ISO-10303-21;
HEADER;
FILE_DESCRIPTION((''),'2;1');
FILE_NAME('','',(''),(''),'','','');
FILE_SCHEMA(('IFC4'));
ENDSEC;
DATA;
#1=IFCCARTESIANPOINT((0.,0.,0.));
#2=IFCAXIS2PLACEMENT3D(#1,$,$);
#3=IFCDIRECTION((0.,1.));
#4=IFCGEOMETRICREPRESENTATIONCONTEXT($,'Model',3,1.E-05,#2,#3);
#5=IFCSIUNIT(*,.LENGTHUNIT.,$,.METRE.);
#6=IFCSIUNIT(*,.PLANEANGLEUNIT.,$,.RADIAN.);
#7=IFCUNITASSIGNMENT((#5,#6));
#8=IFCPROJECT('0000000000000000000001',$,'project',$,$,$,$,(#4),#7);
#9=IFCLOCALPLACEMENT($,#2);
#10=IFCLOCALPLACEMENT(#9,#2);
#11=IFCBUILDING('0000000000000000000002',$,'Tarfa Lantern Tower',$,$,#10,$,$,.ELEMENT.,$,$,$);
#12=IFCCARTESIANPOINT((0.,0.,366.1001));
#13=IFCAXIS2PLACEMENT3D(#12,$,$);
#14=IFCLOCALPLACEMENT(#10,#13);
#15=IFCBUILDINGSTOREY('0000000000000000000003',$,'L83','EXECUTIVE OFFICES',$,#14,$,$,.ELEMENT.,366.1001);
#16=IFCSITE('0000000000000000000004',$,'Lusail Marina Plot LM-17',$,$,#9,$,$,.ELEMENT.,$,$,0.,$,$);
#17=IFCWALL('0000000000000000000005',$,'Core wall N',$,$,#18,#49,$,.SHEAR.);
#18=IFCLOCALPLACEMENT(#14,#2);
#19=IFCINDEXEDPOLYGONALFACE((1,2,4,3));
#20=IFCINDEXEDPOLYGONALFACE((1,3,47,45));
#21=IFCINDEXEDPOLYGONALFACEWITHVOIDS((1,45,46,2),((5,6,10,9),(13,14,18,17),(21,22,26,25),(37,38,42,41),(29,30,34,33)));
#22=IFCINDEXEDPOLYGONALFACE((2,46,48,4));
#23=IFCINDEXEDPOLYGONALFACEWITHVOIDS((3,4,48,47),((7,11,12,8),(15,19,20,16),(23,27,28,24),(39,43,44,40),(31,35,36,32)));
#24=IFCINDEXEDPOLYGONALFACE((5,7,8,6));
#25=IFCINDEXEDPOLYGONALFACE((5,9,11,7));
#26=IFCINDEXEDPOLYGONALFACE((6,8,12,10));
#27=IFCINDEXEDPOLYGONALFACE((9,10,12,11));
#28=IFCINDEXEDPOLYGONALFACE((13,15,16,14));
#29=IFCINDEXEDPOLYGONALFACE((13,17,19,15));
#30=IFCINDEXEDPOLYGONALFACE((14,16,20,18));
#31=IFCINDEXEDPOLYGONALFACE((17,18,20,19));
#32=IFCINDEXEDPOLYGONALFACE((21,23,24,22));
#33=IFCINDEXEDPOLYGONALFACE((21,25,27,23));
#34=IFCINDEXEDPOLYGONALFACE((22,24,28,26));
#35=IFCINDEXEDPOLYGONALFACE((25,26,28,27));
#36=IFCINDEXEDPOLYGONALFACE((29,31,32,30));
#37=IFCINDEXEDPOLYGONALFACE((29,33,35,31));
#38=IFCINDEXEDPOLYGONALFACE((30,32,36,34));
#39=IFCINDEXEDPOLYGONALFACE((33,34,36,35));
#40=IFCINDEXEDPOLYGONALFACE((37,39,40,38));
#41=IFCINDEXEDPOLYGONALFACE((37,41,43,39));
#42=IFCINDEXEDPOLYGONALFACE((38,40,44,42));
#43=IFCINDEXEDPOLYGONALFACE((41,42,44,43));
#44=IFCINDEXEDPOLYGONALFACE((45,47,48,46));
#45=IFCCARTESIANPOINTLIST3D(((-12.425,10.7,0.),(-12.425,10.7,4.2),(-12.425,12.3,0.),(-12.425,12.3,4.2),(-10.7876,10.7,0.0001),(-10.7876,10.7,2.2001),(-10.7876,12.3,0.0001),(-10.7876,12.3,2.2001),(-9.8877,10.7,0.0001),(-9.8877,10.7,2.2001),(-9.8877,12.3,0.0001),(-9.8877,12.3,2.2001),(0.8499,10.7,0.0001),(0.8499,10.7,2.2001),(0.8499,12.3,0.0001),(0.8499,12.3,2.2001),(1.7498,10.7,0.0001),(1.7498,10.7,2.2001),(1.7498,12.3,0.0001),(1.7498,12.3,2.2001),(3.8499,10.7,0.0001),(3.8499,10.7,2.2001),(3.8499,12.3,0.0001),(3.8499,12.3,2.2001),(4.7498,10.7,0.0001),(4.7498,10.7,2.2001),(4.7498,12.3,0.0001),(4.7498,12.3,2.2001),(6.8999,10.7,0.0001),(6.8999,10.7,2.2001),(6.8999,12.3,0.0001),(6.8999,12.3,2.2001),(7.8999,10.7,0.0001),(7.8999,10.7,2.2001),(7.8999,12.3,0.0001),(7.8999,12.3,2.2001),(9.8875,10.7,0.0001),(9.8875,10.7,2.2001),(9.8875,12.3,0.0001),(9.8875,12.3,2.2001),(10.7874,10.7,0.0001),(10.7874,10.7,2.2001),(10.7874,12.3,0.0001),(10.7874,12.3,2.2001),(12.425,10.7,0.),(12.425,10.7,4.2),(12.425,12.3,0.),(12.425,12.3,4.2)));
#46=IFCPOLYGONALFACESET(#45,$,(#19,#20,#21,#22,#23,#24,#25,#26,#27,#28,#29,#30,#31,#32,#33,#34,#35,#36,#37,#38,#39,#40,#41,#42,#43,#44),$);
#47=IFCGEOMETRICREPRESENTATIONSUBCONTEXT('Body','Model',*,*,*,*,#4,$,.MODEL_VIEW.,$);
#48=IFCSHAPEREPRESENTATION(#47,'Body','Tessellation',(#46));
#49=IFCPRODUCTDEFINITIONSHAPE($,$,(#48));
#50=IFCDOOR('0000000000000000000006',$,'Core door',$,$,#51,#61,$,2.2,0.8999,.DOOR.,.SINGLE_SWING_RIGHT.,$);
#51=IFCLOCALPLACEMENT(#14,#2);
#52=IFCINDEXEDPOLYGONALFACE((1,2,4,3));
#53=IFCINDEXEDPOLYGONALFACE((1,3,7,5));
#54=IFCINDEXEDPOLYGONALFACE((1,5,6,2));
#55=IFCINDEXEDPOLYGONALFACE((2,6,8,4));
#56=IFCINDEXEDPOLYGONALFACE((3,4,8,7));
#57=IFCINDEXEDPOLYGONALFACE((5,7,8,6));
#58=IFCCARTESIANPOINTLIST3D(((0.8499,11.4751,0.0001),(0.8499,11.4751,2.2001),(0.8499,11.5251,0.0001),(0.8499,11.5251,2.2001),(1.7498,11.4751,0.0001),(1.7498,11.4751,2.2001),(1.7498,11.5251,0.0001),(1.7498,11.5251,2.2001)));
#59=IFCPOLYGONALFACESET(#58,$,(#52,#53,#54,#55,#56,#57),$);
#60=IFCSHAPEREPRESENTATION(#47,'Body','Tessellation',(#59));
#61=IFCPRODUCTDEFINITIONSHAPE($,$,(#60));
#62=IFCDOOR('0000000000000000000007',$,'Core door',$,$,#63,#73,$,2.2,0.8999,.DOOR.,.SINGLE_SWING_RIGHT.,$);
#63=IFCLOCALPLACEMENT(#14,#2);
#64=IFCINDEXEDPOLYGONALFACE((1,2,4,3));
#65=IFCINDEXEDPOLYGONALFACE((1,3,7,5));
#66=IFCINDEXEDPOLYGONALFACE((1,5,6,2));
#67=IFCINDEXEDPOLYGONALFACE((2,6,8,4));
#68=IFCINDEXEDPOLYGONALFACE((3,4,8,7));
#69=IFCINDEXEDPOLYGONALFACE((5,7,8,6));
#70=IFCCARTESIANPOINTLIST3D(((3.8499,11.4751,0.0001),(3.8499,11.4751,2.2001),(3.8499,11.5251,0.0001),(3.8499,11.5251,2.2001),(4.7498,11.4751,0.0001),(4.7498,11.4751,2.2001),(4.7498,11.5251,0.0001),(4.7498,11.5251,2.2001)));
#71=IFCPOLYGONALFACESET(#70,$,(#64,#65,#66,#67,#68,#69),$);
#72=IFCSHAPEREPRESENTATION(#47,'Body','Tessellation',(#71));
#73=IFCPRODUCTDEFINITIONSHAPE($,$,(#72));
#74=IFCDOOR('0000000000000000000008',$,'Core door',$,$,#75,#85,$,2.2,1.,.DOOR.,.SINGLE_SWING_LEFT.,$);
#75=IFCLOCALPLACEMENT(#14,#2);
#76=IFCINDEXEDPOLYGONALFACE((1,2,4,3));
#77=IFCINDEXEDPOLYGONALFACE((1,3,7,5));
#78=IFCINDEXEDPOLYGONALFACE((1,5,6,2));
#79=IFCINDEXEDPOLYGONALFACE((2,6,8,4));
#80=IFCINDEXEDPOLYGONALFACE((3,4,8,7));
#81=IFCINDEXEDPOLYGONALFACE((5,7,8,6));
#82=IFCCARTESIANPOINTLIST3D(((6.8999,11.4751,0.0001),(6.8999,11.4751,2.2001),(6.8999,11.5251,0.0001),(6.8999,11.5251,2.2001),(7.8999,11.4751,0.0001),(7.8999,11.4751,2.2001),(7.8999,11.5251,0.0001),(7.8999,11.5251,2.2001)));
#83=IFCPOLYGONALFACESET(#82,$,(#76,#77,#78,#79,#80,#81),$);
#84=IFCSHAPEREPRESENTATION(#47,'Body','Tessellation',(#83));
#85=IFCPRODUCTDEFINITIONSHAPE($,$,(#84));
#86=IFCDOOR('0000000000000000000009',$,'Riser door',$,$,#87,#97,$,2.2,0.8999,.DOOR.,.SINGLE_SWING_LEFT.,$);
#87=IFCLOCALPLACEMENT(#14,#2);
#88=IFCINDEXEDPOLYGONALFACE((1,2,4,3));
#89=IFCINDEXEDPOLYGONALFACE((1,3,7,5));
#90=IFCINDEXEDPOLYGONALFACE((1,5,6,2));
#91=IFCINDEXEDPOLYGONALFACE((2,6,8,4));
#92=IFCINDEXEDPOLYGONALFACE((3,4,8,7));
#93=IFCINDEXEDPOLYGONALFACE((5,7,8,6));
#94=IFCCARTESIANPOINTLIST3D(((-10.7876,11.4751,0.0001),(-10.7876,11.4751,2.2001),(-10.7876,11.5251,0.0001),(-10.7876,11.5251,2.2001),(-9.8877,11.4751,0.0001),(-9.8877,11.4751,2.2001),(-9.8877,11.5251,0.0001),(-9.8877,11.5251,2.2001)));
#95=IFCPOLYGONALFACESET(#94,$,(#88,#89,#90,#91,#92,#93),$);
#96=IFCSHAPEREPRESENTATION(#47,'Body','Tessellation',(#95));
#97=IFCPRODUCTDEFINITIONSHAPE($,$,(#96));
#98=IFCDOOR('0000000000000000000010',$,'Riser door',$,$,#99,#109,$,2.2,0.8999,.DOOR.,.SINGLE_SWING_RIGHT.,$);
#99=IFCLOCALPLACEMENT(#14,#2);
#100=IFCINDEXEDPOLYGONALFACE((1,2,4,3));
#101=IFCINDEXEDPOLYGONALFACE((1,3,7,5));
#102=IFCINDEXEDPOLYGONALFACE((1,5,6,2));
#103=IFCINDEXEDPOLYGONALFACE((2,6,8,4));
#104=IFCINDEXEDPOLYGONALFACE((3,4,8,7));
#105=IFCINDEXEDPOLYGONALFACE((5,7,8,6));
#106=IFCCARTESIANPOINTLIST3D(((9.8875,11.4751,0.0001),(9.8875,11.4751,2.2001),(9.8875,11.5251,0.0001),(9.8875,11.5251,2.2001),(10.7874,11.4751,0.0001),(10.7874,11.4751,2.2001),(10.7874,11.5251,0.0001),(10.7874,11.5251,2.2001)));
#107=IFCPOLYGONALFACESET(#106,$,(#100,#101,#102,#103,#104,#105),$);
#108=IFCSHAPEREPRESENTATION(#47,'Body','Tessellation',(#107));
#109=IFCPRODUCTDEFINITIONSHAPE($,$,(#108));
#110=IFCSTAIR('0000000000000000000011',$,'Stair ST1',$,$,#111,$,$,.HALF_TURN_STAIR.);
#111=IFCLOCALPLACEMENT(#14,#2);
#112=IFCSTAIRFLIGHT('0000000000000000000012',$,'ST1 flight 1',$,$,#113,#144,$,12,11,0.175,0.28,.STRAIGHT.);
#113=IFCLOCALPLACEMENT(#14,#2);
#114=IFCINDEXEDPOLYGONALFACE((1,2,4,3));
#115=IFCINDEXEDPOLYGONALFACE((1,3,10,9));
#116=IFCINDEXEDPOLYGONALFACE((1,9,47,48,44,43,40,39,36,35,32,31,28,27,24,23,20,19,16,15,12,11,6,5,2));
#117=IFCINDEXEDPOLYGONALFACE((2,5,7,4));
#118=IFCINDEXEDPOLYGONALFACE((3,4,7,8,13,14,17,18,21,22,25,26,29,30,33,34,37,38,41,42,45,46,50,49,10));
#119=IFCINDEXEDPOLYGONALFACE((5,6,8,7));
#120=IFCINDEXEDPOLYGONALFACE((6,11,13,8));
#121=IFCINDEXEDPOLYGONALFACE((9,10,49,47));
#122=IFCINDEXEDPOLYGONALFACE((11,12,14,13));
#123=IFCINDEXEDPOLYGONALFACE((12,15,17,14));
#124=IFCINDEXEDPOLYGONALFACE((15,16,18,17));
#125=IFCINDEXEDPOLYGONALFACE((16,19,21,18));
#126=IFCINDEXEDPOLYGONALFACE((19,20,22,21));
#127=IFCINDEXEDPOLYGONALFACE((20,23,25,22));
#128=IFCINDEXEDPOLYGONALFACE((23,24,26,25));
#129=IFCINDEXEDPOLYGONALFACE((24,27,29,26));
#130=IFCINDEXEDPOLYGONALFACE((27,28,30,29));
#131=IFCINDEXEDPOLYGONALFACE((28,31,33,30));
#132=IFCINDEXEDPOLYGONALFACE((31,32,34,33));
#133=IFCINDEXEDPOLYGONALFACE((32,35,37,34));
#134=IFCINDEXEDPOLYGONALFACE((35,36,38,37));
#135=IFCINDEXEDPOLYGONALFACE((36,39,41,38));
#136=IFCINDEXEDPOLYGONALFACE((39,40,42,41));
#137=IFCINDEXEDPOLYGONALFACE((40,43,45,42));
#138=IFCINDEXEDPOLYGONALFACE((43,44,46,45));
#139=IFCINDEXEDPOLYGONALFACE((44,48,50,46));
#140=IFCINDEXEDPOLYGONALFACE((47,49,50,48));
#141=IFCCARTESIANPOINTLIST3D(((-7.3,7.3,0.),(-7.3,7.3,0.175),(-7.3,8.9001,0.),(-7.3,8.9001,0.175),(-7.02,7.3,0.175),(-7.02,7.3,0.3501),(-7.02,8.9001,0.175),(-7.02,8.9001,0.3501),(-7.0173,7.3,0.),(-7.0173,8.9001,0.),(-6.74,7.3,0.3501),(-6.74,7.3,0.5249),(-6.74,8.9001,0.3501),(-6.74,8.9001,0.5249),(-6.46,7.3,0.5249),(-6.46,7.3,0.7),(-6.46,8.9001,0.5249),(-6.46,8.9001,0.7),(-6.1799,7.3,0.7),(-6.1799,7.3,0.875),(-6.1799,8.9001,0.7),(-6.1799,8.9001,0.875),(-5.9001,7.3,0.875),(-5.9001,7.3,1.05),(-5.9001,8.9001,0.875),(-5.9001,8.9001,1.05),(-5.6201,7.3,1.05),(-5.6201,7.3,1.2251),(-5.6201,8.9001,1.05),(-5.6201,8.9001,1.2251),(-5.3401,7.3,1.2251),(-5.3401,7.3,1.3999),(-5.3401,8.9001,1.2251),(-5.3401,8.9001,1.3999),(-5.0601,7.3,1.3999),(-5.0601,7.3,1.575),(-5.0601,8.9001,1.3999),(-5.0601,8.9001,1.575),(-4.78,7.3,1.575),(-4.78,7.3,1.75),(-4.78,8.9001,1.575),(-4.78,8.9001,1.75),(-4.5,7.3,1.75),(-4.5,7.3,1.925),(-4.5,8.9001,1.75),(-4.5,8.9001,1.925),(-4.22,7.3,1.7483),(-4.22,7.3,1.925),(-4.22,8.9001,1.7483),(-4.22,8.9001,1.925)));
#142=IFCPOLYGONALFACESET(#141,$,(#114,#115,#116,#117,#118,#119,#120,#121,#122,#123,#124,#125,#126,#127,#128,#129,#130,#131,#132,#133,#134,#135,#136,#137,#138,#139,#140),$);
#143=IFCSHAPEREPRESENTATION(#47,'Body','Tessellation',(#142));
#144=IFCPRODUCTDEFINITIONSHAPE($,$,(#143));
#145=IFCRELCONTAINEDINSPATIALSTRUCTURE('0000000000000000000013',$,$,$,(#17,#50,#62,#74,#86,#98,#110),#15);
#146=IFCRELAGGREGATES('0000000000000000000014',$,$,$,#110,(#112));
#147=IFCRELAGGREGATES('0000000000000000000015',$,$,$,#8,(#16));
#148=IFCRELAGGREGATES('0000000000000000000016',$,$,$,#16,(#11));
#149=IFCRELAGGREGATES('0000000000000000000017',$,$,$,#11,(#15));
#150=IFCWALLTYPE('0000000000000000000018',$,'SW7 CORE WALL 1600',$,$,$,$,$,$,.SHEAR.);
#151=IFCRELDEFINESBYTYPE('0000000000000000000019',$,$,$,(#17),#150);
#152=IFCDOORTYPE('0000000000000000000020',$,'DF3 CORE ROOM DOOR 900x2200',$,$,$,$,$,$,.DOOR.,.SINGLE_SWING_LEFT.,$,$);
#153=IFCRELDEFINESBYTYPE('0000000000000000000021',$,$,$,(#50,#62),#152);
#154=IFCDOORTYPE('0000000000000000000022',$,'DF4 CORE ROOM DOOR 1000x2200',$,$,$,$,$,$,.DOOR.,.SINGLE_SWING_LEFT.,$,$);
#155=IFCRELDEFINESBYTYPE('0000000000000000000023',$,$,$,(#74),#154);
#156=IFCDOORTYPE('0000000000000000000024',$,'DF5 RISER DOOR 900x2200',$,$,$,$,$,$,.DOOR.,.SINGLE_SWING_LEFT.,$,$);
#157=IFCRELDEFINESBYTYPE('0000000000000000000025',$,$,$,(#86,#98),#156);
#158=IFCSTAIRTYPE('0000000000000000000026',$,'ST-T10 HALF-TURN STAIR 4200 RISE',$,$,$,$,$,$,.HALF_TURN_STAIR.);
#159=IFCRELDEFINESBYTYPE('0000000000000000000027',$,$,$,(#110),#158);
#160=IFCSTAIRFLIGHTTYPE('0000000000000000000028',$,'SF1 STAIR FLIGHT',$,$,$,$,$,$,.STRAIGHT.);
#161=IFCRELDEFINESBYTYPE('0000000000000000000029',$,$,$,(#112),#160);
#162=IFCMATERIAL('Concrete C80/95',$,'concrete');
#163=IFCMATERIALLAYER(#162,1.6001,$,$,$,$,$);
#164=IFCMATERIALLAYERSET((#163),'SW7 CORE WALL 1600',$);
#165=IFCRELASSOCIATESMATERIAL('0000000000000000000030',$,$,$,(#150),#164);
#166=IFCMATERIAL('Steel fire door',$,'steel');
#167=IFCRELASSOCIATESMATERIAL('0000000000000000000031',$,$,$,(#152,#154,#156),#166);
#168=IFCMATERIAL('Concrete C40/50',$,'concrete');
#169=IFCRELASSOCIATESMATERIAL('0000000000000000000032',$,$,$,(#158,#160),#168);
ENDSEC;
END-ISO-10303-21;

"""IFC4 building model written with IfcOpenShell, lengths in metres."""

from ifc_helpers import new_model, si_unit, direction, frame, frame_2d, origin, place, context, subcontext, project, spatial, polyline, rectangle, outline, extrude, material, layer, layer_set, type_object, element, fill, aggregate, save


model = new_model("IFC4")

# Units and contexts
model_context = context("Model", 3, precision=1e-05, world=origin(), true_north=direction((0.0, 1.0)))
body_context = subcontext(model_context, "Body", "Model", "MODEL_VIEW")
ifc_project = project(units=[si_unit("LENGTHUNIT", "METRE"), si_unit("PLANEANGLEUNIT", "RADIAN")], contexts=[model_context])

# Site, building, storey
site_placement = place(None, origin())
site = spatial("IfcSite", under=ifc_project, at=site_placement, Name="Lusail Marina Plot LM-17", CompositionType="ELEMENT", RefElevation=0.0)
building_placement = place(site_placement, origin())
building = spatial("IfcBuilding", under=site, at=building_placement, Name="Tarfa Lantern Tower", CompositionType="ELEMENT")
storey_placement = place(building_placement, frame((0.0, 0.0, 366.1001)))
storey = spatial("IfcBuildingStorey", under=building, at=storey_placement, Name="L83", Description="EXECUTIVE OFFICES", CompositionType="ELEMENT", Elevation=366.1001)

# Shared definitions
ifc_material_1 = material(Name="Concrete C80/95", Category="concrete")
ifc_material_2 = material(Name="Steel fire door", Category="steel")

# Wall, openings, doors
ifc_layer_1 = layer(ifc_material_1, 1.6001)
ifc_layer_set_1 = layer_set([ifc_layer_1], Name="SW7 CORE WALL 1600")
wall_type_1 = type_object("IfcWallType", Name="SW7 CORE WALL 1600", PredefinedType="SHEAR", material=ifc_layer_set_1)
wall_1_placement = place(storey_placement, frame((-12.425, 11.5, 0.0), z_axis=(0.0, 0.0, 1.0), x_axis=(1.0, 0.0, 0.0)))
wall_1 = element("IfcWall", 1, at=wall_1_placement, inside=storey, type_object=wall_type_1, Name="Core wall N", PredefinedType="SHEAR", context=body_context, shape_type="SweptSolid", body=[
    extrude(rectangle(XDim=24.8501, YDim=1.6001, at=frame_2d((12.425, 0.0))), origin(), (0.0, 0.0, 1.0), 4.2),
])
opening_1_placement = place(wall_1_placement, frame((13.2749, 0.0, 0.0)))
opening_1 = element("IfcOpeningElement", 2, at=opening_1_placement, cuts=wall_1, PredefinedType="OPENING", context=body_context, shape_type="SweptSolid", body=[
    extrude(rectangle(XDim=0.8999, YDim=2.2, at=frame_2d((0.45, 1.1001))), frame((0.0, 0.8101, 0.0), z_axis=(0.0, -1.0, 0.0), x_axis=(1.0, 0.0, 0.0)), (0.0, 0.0, 1.0), 1.6201),
])
opening_2_placement = place(wall_1_placement, frame((16.2749, 0.0, 0.0)))
opening_2 = element("IfcOpeningElement", 3, at=opening_2_placement, cuts=wall_1, PredefinedType="OPENING", context=body_context, shape_type="SweptSolid", body=[
    extrude(rectangle(XDim=0.8999, YDim=2.2, at=frame_2d((0.45, 1.1001))), frame((0.0, 0.8101, 0.0), z_axis=(0.0, -1.0, 0.0), x_axis=(1.0, 0.0, 0.0)), (0.0, 0.0, 1.0), 1.6201),
])
opening_3_placement = place(wall_1_placement, frame((19.325, 0.0, 0.0)))
opening_3 = element("IfcOpeningElement", 4, at=opening_3_placement, cuts=wall_1, PredefinedType="OPENING", context=body_context, shape_type="SweptSolid", body=[
    extrude(rectangle(XDim=1.0, YDim=2.2, at=frame_2d((0.5, 1.1001))), frame((0.0, 0.8101, 0.0), z_axis=(0.0, -1.0, 0.0), x_axis=(1.0, 0.0, 0.0)), (0.0, 0.0, 1.0), 1.6201),
])
opening_4_placement = place(wall_1_placement, frame((1.6375, 0.0, 0.0)))
opening_4 = element("IfcOpeningElement", 5, at=opening_4_placement, cuts=wall_1, PredefinedType="OPENING", context=body_context, shape_type="SweptSolid", body=[
    extrude(rectangle(XDim=0.8999, YDim=2.2, at=frame_2d((0.45, 1.1001))), frame((0.0, 0.8101, 0.0), z_axis=(0.0, -1.0, 0.0), x_axis=(1.0, 0.0, 0.0)), (0.0, 0.0, 1.0), 1.6201),
])
opening_5_placement = place(wall_1_placement, frame((22.3125, 0.0, 0.0)))
opening_5 = element("IfcOpeningElement", 6, at=opening_5_placement, cuts=wall_1, PredefinedType="OPENING", context=body_context, shape_type="SweptSolid", body=[
    extrude(rectangle(XDim=0.8999, YDim=2.2, at=frame_2d((0.45, 1.1001))), frame((0.0, 0.8101, 0.0), z_axis=(0.0, -1.0, 0.0), x_axis=(1.0, 0.0, 0.0)), (0.0, 0.0, 1.0), 1.6201),
])
door_type_1 = type_object("IfcDoorType", Name="DF3 CORE ROOM DOOR 900x2200", OperationType="SINGLE_SWING_LEFT", PredefinedType="DOOR", material=ifc_material_2)
door_1_placement = place(opening_1_placement, frame((0.8999, 0.0, 0.0), z_axis=(0.0, 0.0, 1.0), x_axis=(-1.0, 0.0, 0.0)))
door_1 = element("IfcDoor", 7, at=door_1_placement, inside=storey, type_object=door_type_1, Name="Core door", OperationType="SINGLE_SWING_RIGHT", OverallHeight=2.2, OverallWidth=0.8999, PredefinedType="DOOR", context=body_context, shape_type="SweptSolid", body=[
    extrude(rectangle(XDim=0.8999, YDim=2.2, at=frame_2d((0.45, 1.1001))), frame((0.0, 0.0249, 0.0), z_axis=(0.0, -1.0, 0.0), x_axis=(1.0, 0.0, 0.0)), (0.0, 0.0, 1.0), 0.05),
])
fill(opening_1, door_1)
door_2_placement = place(opening_2_placement, frame((0.8999, 0.0, 0.0), z_axis=(0.0, 0.0, 1.0), x_axis=(-1.0, 0.0, 0.0)))
door_2 = element("IfcDoor", 8, at=door_2_placement, inside=storey, type_object=door_type_1, Name="Core door", OperationType="SINGLE_SWING_RIGHT", OverallHeight=2.2, OverallWidth=0.8999, PredefinedType="DOOR", context=body_context, shape_type="SweptSolid", body=[
    extrude(rectangle(XDim=0.8999, YDim=2.2, at=frame_2d((0.45, 1.1001))), frame((0.0, 0.0249, 0.0), z_axis=(0.0, -1.0, 0.0), x_axis=(1.0, 0.0, 0.0)), (0.0, 0.0, 1.0), 0.05),
])
fill(opening_2, door_2)
door_type_2 = type_object("IfcDoorType", Name="DF4 CORE ROOM DOOR 1000x2200", OperationType="SINGLE_SWING_LEFT", PredefinedType="DOOR", material=ifc_material_2)
door_3_placement = place(opening_3_placement, frame((1.0, 0.0, 0.0), z_axis=(0.0, 0.0, 1.0), x_axis=(-1.0, 0.0, 0.0)))
door_3 = element("IfcDoor", 9, at=door_3_placement, inside=storey, type_object=door_type_2, Name="Core door", OperationType="SINGLE_SWING_LEFT", OverallHeight=2.2, OverallWidth=1.0, PredefinedType="DOOR", context=body_context, shape_type="SweptSolid", body=[
    extrude(rectangle(XDim=1.0, YDim=2.2, at=frame_2d((0.5, 1.1001))), frame((0.0, 0.0249, 0.0), z_axis=(0.0, -1.0, 0.0), x_axis=(1.0, 0.0, 0.0)), (0.0, 0.0, 1.0), 0.05),
])
fill(opening_3, door_3)
door_type_3 = type_object("IfcDoorType", Name="DF5 RISER DOOR 900x2200", OperationType="SINGLE_SWING_LEFT", PredefinedType="DOOR", material=ifc_material_2)
door_4_placement = place(opening_4_placement, frame((0.8999, 0.0, 0.0), z_axis=(0.0, 0.0, 1.0), x_axis=(-1.0, 0.0, 0.0)))
door_4 = element("IfcDoor", 10, at=door_4_placement, inside=storey, type_object=door_type_3, Name="Riser door", OperationType="SINGLE_SWING_LEFT", OverallHeight=2.2, OverallWidth=0.8999, PredefinedType="DOOR", context=body_context, shape_type="SweptSolid", body=[
    extrude(rectangle(XDim=0.8999, YDim=2.2, at=frame_2d((0.45, 1.1001))), frame((0.0, 0.0249, 0.0), z_axis=(0.0, -1.0, 0.0), x_axis=(1.0, 0.0, 0.0)), (0.0, 0.0, 1.0), 0.05),
])
fill(opening_4, door_4)
door_5_placement = place(opening_5_placement, frame((0.8999, 0.0, 0.0), z_axis=(0.0, 0.0, 1.0), x_axis=(-1.0, 0.0, 0.0)))
door_5 = element("IfcDoor", 11, at=door_5_placement, inside=storey, type_object=door_type_3, Name="Riser door", OperationType="SINGLE_SWING_RIGHT", OverallHeight=2.2, OverallWidth=0.8999, PredefinedType="DOOR", context=body_context, shape_type="SweptSolid", body=[
    extrude(rectangle(XDim=0.8999, YDim=2.2, at=frame_2d((0.45, 1.1001))), frame((0.0, 0.0249, 0.0), z_axis=(0.0, -1.0, 0.0), x_axis=(1.0, 0.0, 0.0)), (0.0, 0.0, 1.0), 0.05),
])
fill(opening_5, door_5)

# Stair, stair flight
ifc_material_3 = material(Name="Concrete C40/50", Category="concrete")
stair_type = type_object("IfcStairType", Name="ST-T10 HALF-TURN STAIR 4200 RISE", PredefinedType="HALF_TURN_STAIR", material=ifc_material_3)
stair_placement = place(storey_placement, origin())
stair = element("IfcStair", 12, at=stair_placement, inside=storey, type_object=stair_type, Name="Stair ST1", PredefinedType="HALF_TURN_STAIR")
stair_flight_type = type_object("IfcStairFlightType", Name="SF1 STAIR FLIGHT", PredefinedType="STRAIGHT", material=ifc_material_3)
stair_flight_1_placement = place(storey_placement, frame((-7.3, 8.1001, 0.0), z_axis=(0.0, 0.0, 1.0), x_axis=(1.0, 0.0, 0.0)))
stair_flight_1 = element("IfcStairFlight", 13, at=stair_flight_1_placement, type_object=stair_flight_type, Name="ST1 flight 1", NumberOfRisers=12, NumberOfTreads=11, PredefinedType="STRAIGHT", RiserHeight=0.175, TreadLength=0.28, context=body_context, shape_type="SweptSolid", body=[
    extrude(outline(polyline([(0.0, 0.0), (0.0, 0.175), (0.28, 0.175), (0.28, 0.3501), (0.5601, 0.3501), (0.5601, 0.5249), (0.8401, 0.5249), (0.8401, 0.7), (1.1201, 0.7), (1.1201, 0.875), (1.3999, 0.875), (1.3999, 1.05), (1.6799, 1.05), (1.6799, 1.2251), (1.96, 1.2251), (1.96, 1.3999), (2.24, 1.3999), (2.24, 1.575), (2.52, 1.575), (2.52, 1.75), (2.8, 1.75), (2.8, 1.925), (3.0801, 1.925), (3.0801, 2.1001), (3.0801, 1.7483), (0.2827, 0.0), (0.0, 0.0)])), frame((0.0, 0.8, 0.0), z_axis=(0.0, -1.0, 0.0), x_axis=(1.0, 0.0, 0.0)), (0.0, 0.0, 1.0), 1.6001),
])
aggregate(stair, [stair_flight_1])

save(model, "model.ifc")
